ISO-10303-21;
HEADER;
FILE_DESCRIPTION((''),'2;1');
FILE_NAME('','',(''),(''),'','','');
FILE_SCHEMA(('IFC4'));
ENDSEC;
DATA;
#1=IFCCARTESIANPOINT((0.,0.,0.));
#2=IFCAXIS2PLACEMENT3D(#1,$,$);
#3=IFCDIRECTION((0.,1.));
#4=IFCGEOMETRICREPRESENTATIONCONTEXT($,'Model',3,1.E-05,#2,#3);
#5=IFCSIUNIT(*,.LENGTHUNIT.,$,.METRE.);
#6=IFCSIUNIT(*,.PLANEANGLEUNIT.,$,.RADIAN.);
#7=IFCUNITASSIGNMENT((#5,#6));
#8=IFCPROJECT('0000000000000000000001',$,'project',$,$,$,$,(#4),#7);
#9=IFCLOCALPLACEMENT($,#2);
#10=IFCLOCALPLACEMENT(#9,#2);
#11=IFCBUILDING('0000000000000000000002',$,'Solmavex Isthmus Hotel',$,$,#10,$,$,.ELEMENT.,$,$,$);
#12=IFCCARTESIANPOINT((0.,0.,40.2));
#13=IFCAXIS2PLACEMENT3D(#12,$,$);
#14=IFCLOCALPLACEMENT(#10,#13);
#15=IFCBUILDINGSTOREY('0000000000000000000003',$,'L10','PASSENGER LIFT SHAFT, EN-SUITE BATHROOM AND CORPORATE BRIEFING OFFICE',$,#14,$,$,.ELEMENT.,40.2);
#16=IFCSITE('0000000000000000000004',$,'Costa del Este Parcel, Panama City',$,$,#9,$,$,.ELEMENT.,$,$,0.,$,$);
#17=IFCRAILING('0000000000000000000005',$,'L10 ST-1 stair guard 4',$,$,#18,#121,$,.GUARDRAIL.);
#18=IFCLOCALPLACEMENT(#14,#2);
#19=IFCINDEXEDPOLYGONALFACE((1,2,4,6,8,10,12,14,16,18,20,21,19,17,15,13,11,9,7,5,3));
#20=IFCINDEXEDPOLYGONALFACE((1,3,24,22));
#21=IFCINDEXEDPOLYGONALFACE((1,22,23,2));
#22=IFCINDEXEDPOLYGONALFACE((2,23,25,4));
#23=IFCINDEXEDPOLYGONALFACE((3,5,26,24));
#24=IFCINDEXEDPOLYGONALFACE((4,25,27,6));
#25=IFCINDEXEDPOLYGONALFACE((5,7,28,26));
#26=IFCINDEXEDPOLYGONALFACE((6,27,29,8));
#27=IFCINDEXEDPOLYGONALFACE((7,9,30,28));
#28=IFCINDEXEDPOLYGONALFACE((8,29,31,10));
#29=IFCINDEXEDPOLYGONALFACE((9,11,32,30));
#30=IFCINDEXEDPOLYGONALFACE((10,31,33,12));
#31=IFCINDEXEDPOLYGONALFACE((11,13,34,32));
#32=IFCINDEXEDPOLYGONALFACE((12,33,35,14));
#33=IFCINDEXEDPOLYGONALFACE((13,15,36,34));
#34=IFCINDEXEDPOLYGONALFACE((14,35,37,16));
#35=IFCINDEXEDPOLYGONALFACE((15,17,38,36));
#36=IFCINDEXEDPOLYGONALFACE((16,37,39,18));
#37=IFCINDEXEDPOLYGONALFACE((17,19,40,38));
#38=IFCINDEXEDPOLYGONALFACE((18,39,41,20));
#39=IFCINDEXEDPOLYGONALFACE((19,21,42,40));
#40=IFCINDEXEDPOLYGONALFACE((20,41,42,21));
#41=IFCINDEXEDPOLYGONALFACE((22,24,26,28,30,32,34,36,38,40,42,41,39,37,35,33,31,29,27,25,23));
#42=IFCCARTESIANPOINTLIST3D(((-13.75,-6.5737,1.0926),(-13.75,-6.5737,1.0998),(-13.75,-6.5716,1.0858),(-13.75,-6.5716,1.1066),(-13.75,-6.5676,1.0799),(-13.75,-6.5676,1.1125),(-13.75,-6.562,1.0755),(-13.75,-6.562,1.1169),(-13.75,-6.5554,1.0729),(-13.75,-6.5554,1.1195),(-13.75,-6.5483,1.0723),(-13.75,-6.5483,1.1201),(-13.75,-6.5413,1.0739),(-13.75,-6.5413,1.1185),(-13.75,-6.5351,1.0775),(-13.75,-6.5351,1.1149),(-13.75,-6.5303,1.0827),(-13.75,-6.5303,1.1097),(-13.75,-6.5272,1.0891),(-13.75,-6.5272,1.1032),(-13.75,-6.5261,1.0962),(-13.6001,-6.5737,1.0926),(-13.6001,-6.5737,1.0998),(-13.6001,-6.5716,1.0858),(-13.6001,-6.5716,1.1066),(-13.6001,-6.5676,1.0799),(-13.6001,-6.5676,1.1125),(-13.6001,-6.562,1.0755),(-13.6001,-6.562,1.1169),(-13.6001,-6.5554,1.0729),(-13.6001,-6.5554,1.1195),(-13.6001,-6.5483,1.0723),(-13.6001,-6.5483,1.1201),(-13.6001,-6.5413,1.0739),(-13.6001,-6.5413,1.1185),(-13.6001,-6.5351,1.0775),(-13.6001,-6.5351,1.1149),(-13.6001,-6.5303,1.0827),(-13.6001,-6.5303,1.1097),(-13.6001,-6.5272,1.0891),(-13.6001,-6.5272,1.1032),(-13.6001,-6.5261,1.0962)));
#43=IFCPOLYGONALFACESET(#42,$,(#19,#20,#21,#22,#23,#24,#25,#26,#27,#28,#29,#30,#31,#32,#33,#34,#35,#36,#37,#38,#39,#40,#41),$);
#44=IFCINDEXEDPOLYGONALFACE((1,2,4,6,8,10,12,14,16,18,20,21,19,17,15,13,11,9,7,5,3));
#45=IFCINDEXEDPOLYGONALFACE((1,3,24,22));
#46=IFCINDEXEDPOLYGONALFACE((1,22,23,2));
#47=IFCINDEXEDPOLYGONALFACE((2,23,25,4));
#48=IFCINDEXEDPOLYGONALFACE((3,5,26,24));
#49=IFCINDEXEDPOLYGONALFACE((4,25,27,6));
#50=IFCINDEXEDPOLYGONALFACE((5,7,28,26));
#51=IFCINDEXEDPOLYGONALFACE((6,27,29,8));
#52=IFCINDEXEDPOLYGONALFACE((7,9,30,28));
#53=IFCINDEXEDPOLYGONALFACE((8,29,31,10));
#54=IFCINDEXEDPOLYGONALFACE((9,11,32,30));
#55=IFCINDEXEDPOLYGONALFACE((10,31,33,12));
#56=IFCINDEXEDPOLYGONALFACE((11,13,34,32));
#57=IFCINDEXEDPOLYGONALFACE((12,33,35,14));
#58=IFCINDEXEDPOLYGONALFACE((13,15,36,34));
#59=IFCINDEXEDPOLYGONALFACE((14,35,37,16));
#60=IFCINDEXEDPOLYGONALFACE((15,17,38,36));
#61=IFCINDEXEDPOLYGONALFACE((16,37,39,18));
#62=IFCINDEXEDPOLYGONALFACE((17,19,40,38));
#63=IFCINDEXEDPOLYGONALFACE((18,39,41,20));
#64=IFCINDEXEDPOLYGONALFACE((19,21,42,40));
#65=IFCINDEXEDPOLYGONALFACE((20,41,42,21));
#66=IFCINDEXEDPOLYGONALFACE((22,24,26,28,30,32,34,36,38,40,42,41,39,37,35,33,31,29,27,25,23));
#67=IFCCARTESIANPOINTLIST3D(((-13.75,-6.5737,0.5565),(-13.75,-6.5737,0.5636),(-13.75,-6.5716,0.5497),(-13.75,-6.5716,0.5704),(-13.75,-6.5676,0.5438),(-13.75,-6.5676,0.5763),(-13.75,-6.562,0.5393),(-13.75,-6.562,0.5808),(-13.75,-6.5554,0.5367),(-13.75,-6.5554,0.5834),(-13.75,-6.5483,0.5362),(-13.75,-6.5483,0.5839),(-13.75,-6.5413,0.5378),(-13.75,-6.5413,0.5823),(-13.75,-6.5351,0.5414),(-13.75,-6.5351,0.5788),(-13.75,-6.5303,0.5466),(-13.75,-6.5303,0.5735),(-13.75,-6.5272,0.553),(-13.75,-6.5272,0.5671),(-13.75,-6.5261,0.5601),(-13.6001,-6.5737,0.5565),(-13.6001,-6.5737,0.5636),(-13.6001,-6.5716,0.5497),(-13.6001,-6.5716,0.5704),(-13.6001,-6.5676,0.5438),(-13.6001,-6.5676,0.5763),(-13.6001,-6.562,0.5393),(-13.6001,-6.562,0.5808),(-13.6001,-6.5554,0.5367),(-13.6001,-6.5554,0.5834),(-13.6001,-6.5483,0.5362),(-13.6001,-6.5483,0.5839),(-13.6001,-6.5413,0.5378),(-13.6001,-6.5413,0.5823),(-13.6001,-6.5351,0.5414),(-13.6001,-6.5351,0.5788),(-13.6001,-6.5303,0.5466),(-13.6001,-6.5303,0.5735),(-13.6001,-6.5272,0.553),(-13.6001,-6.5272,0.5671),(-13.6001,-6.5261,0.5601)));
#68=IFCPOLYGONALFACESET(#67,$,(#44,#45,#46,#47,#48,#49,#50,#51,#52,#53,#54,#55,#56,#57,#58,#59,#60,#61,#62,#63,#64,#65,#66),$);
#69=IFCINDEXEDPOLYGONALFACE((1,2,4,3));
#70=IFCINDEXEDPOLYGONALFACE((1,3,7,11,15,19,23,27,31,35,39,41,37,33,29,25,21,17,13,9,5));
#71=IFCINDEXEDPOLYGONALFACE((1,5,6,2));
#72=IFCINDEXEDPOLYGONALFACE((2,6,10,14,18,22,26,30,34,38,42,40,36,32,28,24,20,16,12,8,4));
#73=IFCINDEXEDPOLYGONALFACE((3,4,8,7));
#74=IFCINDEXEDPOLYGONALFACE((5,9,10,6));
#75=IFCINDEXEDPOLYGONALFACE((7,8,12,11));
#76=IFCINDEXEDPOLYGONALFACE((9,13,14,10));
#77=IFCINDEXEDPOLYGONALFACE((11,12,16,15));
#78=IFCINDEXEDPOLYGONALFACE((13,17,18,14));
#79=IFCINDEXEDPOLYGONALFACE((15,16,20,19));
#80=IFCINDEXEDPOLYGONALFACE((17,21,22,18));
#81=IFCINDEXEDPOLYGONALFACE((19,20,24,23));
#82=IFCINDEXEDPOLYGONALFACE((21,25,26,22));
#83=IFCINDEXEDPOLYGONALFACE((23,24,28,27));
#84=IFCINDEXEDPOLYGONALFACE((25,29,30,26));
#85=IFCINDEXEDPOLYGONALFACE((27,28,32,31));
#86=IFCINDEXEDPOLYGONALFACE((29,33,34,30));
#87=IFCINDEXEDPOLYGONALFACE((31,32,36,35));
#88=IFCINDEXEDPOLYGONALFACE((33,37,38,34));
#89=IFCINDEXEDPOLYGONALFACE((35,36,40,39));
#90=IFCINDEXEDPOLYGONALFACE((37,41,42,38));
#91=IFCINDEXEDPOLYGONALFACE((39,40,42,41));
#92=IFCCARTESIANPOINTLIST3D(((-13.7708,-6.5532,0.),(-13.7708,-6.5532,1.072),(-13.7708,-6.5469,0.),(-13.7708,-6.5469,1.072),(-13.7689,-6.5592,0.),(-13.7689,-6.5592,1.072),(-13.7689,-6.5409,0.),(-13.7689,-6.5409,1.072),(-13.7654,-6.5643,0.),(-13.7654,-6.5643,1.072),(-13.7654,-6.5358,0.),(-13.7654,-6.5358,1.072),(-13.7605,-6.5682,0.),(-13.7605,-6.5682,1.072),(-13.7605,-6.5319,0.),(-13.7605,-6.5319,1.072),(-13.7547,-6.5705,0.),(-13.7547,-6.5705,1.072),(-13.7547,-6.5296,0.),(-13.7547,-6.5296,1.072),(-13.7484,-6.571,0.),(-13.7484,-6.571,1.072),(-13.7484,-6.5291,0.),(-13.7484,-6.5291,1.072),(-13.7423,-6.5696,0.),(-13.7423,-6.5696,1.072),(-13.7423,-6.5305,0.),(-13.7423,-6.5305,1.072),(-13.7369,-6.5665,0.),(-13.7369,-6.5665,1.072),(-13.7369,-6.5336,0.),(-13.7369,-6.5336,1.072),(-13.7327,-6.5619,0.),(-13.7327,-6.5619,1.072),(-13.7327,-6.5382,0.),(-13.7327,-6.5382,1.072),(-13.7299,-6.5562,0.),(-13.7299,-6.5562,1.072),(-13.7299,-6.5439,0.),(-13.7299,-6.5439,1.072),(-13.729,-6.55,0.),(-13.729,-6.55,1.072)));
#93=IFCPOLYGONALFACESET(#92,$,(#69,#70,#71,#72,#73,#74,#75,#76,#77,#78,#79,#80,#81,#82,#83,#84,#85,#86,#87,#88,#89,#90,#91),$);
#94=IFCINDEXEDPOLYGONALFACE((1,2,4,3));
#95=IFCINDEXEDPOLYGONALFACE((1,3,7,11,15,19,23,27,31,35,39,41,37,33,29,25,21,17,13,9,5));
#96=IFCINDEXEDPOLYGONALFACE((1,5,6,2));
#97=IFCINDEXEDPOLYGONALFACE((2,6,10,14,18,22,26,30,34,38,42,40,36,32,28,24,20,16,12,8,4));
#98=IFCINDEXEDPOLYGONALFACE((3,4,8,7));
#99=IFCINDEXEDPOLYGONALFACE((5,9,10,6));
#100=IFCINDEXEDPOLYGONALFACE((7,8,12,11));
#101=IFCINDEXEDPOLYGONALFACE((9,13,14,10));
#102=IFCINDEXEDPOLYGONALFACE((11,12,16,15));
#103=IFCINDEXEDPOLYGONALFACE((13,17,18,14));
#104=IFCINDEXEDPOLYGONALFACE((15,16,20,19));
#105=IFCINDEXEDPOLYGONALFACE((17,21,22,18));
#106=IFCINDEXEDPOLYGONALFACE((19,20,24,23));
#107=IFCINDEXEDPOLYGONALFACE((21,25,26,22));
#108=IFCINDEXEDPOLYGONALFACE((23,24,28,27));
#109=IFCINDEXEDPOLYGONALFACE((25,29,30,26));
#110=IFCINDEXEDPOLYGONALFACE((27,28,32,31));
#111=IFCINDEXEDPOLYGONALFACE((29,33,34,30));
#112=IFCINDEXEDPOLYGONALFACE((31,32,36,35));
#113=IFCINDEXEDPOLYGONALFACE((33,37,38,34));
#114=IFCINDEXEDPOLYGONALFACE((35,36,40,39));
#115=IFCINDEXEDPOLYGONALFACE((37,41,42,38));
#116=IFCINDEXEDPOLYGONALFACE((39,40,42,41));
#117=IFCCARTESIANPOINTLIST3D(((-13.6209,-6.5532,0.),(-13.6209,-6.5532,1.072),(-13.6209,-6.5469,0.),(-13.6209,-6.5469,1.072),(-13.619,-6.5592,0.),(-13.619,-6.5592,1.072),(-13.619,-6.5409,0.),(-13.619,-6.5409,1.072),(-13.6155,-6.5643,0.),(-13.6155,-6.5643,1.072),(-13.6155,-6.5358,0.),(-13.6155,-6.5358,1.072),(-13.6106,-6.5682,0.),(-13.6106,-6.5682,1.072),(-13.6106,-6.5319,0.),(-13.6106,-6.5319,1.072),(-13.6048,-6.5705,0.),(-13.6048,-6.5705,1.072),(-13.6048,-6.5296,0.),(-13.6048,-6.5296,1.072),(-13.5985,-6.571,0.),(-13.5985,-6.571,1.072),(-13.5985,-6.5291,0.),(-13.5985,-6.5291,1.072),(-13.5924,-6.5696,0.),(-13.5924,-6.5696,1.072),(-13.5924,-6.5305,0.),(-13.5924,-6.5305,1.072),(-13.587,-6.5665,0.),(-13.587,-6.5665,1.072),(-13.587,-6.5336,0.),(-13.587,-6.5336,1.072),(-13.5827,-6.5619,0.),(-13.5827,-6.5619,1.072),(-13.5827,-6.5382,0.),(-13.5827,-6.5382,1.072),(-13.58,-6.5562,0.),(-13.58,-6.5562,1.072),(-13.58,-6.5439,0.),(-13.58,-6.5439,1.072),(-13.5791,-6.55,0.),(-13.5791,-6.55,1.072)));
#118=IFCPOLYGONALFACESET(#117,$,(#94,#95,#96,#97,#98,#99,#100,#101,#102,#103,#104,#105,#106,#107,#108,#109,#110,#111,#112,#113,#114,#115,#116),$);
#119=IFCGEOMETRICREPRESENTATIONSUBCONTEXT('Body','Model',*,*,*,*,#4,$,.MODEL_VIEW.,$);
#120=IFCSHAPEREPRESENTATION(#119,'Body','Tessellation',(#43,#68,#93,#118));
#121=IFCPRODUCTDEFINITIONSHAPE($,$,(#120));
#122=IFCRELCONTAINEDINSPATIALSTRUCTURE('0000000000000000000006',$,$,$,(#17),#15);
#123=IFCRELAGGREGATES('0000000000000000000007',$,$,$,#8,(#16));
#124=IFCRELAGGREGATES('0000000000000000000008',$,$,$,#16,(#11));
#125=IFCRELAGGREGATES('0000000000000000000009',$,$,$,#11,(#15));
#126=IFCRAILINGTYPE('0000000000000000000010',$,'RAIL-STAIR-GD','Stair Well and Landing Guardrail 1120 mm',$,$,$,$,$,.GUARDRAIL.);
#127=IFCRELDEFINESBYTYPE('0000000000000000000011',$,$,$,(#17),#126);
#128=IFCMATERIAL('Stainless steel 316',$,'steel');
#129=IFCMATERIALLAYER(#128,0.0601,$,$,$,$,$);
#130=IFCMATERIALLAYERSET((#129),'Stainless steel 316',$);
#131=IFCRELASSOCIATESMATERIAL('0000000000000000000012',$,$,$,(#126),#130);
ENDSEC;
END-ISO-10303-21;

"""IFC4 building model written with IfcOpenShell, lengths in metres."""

from ifc_helpers import new_model, si_unit, direction, frame, origin, origin_2d, place, context, subcontext, project, spatial, circle, extrude, material, layer, layer_set, type_object, element, save


model = new_model("IFC4")

# Units and contexts
model_context = context("Model", 3, precision=1e-05, world=origin(), true_north=direction((0.0, 1.0)))
body_context = subcontext(model_context, "Body", "Model", "MODEL_VIEW")
ifc_project = project(units=[si_unit("LENGTHUNIT", "METRE"), si_unit("PLANEANGLEUNIT", "RADIAN")], contexts=[model_context])

# Site, building, storey
site_placement = place(None, origin())
site = spatial("IfcSite", under=ifc_project, at=site_placement, Name="Costa del Este Parcel, Panama City", CompositionType="ELEMENT", RefElevation=0.0)
building_placement = place(site_placement, origin())
building = spatial("IfcBuilding", under=site, at=building_placement, Name="Solmavex Isthmus Hotel", CompositionType="ELEMENT")
storey_placement = place(building_placement, frame((0.0, 0.0, 40.2)))
storey = spatial("IfcBuildingStorey", under=building, at=storey_placement, Name="L10", Description="PASSENGER LIFT SHAFT, EN-SUITE BATHROOM AND CORPORATE BRIEFING OFFICE", CompositionType="ELEMENT", Elevation=40.2)

# Shared definitions
ifc_material_1 = material(Name="Stainless steel 316", Category="steel")

# Railing
ifc_layer_1 = layer(ifc_material_1, 0.0601)
ifc_layer_set_1 = layer_set([ifc_layer_1], Name="Stainless steel 316")
railing_type_1 = type_object("IfcRailingType", Name="RAIL-STAIR-GD", Description="Stair Well and Landing Guardrail 1120 mm", PredefinedType="GUARDRAIL", material=ifc_layer_set_1)
railing_1_placement = place(storey_placement, frame((-13.75, -6.55, 0.0)))
element("IfcRailing", 1, at=railing_1_placement, inside=storey, type_object=railing_type_1, Name="L10 ST-1 stair guard 4", PredefinedType="GUARDRAIL", context=body_context, shape_type="SweptSolid", body=[
    extrude(circle(Radius=0.0239, at=origin_2d()), frame((0.0, 0.0, 1.0962), z_axis=(1.0, 0.0, 0.0), x_axis=(0.0, 1.0, 0.0)), (0.0, 0.0, 1.0), 0.1499),
    extrude(circle(Radius=0.0239, at=origin_2d()), frame((0.0, 0.0, 0.5601), z_axis=(1.0, 0.0, 0.0), x_axis=(0.0, 1.0, 0.0)), (0.0, 0.0, 1.0), 0.1499),
    extrude(circle(Radius=0.021, at=origin_2d()), origin(), (0.0, 0.0, 1.0), 1.072),
    extrude(circle(Radius=0.021, at=origin_2d()), frame((0.1499, 0.0, 0.0)), (0.0, 0.0, 1.0), 1.072),
])

save(model, "model.ifc")
